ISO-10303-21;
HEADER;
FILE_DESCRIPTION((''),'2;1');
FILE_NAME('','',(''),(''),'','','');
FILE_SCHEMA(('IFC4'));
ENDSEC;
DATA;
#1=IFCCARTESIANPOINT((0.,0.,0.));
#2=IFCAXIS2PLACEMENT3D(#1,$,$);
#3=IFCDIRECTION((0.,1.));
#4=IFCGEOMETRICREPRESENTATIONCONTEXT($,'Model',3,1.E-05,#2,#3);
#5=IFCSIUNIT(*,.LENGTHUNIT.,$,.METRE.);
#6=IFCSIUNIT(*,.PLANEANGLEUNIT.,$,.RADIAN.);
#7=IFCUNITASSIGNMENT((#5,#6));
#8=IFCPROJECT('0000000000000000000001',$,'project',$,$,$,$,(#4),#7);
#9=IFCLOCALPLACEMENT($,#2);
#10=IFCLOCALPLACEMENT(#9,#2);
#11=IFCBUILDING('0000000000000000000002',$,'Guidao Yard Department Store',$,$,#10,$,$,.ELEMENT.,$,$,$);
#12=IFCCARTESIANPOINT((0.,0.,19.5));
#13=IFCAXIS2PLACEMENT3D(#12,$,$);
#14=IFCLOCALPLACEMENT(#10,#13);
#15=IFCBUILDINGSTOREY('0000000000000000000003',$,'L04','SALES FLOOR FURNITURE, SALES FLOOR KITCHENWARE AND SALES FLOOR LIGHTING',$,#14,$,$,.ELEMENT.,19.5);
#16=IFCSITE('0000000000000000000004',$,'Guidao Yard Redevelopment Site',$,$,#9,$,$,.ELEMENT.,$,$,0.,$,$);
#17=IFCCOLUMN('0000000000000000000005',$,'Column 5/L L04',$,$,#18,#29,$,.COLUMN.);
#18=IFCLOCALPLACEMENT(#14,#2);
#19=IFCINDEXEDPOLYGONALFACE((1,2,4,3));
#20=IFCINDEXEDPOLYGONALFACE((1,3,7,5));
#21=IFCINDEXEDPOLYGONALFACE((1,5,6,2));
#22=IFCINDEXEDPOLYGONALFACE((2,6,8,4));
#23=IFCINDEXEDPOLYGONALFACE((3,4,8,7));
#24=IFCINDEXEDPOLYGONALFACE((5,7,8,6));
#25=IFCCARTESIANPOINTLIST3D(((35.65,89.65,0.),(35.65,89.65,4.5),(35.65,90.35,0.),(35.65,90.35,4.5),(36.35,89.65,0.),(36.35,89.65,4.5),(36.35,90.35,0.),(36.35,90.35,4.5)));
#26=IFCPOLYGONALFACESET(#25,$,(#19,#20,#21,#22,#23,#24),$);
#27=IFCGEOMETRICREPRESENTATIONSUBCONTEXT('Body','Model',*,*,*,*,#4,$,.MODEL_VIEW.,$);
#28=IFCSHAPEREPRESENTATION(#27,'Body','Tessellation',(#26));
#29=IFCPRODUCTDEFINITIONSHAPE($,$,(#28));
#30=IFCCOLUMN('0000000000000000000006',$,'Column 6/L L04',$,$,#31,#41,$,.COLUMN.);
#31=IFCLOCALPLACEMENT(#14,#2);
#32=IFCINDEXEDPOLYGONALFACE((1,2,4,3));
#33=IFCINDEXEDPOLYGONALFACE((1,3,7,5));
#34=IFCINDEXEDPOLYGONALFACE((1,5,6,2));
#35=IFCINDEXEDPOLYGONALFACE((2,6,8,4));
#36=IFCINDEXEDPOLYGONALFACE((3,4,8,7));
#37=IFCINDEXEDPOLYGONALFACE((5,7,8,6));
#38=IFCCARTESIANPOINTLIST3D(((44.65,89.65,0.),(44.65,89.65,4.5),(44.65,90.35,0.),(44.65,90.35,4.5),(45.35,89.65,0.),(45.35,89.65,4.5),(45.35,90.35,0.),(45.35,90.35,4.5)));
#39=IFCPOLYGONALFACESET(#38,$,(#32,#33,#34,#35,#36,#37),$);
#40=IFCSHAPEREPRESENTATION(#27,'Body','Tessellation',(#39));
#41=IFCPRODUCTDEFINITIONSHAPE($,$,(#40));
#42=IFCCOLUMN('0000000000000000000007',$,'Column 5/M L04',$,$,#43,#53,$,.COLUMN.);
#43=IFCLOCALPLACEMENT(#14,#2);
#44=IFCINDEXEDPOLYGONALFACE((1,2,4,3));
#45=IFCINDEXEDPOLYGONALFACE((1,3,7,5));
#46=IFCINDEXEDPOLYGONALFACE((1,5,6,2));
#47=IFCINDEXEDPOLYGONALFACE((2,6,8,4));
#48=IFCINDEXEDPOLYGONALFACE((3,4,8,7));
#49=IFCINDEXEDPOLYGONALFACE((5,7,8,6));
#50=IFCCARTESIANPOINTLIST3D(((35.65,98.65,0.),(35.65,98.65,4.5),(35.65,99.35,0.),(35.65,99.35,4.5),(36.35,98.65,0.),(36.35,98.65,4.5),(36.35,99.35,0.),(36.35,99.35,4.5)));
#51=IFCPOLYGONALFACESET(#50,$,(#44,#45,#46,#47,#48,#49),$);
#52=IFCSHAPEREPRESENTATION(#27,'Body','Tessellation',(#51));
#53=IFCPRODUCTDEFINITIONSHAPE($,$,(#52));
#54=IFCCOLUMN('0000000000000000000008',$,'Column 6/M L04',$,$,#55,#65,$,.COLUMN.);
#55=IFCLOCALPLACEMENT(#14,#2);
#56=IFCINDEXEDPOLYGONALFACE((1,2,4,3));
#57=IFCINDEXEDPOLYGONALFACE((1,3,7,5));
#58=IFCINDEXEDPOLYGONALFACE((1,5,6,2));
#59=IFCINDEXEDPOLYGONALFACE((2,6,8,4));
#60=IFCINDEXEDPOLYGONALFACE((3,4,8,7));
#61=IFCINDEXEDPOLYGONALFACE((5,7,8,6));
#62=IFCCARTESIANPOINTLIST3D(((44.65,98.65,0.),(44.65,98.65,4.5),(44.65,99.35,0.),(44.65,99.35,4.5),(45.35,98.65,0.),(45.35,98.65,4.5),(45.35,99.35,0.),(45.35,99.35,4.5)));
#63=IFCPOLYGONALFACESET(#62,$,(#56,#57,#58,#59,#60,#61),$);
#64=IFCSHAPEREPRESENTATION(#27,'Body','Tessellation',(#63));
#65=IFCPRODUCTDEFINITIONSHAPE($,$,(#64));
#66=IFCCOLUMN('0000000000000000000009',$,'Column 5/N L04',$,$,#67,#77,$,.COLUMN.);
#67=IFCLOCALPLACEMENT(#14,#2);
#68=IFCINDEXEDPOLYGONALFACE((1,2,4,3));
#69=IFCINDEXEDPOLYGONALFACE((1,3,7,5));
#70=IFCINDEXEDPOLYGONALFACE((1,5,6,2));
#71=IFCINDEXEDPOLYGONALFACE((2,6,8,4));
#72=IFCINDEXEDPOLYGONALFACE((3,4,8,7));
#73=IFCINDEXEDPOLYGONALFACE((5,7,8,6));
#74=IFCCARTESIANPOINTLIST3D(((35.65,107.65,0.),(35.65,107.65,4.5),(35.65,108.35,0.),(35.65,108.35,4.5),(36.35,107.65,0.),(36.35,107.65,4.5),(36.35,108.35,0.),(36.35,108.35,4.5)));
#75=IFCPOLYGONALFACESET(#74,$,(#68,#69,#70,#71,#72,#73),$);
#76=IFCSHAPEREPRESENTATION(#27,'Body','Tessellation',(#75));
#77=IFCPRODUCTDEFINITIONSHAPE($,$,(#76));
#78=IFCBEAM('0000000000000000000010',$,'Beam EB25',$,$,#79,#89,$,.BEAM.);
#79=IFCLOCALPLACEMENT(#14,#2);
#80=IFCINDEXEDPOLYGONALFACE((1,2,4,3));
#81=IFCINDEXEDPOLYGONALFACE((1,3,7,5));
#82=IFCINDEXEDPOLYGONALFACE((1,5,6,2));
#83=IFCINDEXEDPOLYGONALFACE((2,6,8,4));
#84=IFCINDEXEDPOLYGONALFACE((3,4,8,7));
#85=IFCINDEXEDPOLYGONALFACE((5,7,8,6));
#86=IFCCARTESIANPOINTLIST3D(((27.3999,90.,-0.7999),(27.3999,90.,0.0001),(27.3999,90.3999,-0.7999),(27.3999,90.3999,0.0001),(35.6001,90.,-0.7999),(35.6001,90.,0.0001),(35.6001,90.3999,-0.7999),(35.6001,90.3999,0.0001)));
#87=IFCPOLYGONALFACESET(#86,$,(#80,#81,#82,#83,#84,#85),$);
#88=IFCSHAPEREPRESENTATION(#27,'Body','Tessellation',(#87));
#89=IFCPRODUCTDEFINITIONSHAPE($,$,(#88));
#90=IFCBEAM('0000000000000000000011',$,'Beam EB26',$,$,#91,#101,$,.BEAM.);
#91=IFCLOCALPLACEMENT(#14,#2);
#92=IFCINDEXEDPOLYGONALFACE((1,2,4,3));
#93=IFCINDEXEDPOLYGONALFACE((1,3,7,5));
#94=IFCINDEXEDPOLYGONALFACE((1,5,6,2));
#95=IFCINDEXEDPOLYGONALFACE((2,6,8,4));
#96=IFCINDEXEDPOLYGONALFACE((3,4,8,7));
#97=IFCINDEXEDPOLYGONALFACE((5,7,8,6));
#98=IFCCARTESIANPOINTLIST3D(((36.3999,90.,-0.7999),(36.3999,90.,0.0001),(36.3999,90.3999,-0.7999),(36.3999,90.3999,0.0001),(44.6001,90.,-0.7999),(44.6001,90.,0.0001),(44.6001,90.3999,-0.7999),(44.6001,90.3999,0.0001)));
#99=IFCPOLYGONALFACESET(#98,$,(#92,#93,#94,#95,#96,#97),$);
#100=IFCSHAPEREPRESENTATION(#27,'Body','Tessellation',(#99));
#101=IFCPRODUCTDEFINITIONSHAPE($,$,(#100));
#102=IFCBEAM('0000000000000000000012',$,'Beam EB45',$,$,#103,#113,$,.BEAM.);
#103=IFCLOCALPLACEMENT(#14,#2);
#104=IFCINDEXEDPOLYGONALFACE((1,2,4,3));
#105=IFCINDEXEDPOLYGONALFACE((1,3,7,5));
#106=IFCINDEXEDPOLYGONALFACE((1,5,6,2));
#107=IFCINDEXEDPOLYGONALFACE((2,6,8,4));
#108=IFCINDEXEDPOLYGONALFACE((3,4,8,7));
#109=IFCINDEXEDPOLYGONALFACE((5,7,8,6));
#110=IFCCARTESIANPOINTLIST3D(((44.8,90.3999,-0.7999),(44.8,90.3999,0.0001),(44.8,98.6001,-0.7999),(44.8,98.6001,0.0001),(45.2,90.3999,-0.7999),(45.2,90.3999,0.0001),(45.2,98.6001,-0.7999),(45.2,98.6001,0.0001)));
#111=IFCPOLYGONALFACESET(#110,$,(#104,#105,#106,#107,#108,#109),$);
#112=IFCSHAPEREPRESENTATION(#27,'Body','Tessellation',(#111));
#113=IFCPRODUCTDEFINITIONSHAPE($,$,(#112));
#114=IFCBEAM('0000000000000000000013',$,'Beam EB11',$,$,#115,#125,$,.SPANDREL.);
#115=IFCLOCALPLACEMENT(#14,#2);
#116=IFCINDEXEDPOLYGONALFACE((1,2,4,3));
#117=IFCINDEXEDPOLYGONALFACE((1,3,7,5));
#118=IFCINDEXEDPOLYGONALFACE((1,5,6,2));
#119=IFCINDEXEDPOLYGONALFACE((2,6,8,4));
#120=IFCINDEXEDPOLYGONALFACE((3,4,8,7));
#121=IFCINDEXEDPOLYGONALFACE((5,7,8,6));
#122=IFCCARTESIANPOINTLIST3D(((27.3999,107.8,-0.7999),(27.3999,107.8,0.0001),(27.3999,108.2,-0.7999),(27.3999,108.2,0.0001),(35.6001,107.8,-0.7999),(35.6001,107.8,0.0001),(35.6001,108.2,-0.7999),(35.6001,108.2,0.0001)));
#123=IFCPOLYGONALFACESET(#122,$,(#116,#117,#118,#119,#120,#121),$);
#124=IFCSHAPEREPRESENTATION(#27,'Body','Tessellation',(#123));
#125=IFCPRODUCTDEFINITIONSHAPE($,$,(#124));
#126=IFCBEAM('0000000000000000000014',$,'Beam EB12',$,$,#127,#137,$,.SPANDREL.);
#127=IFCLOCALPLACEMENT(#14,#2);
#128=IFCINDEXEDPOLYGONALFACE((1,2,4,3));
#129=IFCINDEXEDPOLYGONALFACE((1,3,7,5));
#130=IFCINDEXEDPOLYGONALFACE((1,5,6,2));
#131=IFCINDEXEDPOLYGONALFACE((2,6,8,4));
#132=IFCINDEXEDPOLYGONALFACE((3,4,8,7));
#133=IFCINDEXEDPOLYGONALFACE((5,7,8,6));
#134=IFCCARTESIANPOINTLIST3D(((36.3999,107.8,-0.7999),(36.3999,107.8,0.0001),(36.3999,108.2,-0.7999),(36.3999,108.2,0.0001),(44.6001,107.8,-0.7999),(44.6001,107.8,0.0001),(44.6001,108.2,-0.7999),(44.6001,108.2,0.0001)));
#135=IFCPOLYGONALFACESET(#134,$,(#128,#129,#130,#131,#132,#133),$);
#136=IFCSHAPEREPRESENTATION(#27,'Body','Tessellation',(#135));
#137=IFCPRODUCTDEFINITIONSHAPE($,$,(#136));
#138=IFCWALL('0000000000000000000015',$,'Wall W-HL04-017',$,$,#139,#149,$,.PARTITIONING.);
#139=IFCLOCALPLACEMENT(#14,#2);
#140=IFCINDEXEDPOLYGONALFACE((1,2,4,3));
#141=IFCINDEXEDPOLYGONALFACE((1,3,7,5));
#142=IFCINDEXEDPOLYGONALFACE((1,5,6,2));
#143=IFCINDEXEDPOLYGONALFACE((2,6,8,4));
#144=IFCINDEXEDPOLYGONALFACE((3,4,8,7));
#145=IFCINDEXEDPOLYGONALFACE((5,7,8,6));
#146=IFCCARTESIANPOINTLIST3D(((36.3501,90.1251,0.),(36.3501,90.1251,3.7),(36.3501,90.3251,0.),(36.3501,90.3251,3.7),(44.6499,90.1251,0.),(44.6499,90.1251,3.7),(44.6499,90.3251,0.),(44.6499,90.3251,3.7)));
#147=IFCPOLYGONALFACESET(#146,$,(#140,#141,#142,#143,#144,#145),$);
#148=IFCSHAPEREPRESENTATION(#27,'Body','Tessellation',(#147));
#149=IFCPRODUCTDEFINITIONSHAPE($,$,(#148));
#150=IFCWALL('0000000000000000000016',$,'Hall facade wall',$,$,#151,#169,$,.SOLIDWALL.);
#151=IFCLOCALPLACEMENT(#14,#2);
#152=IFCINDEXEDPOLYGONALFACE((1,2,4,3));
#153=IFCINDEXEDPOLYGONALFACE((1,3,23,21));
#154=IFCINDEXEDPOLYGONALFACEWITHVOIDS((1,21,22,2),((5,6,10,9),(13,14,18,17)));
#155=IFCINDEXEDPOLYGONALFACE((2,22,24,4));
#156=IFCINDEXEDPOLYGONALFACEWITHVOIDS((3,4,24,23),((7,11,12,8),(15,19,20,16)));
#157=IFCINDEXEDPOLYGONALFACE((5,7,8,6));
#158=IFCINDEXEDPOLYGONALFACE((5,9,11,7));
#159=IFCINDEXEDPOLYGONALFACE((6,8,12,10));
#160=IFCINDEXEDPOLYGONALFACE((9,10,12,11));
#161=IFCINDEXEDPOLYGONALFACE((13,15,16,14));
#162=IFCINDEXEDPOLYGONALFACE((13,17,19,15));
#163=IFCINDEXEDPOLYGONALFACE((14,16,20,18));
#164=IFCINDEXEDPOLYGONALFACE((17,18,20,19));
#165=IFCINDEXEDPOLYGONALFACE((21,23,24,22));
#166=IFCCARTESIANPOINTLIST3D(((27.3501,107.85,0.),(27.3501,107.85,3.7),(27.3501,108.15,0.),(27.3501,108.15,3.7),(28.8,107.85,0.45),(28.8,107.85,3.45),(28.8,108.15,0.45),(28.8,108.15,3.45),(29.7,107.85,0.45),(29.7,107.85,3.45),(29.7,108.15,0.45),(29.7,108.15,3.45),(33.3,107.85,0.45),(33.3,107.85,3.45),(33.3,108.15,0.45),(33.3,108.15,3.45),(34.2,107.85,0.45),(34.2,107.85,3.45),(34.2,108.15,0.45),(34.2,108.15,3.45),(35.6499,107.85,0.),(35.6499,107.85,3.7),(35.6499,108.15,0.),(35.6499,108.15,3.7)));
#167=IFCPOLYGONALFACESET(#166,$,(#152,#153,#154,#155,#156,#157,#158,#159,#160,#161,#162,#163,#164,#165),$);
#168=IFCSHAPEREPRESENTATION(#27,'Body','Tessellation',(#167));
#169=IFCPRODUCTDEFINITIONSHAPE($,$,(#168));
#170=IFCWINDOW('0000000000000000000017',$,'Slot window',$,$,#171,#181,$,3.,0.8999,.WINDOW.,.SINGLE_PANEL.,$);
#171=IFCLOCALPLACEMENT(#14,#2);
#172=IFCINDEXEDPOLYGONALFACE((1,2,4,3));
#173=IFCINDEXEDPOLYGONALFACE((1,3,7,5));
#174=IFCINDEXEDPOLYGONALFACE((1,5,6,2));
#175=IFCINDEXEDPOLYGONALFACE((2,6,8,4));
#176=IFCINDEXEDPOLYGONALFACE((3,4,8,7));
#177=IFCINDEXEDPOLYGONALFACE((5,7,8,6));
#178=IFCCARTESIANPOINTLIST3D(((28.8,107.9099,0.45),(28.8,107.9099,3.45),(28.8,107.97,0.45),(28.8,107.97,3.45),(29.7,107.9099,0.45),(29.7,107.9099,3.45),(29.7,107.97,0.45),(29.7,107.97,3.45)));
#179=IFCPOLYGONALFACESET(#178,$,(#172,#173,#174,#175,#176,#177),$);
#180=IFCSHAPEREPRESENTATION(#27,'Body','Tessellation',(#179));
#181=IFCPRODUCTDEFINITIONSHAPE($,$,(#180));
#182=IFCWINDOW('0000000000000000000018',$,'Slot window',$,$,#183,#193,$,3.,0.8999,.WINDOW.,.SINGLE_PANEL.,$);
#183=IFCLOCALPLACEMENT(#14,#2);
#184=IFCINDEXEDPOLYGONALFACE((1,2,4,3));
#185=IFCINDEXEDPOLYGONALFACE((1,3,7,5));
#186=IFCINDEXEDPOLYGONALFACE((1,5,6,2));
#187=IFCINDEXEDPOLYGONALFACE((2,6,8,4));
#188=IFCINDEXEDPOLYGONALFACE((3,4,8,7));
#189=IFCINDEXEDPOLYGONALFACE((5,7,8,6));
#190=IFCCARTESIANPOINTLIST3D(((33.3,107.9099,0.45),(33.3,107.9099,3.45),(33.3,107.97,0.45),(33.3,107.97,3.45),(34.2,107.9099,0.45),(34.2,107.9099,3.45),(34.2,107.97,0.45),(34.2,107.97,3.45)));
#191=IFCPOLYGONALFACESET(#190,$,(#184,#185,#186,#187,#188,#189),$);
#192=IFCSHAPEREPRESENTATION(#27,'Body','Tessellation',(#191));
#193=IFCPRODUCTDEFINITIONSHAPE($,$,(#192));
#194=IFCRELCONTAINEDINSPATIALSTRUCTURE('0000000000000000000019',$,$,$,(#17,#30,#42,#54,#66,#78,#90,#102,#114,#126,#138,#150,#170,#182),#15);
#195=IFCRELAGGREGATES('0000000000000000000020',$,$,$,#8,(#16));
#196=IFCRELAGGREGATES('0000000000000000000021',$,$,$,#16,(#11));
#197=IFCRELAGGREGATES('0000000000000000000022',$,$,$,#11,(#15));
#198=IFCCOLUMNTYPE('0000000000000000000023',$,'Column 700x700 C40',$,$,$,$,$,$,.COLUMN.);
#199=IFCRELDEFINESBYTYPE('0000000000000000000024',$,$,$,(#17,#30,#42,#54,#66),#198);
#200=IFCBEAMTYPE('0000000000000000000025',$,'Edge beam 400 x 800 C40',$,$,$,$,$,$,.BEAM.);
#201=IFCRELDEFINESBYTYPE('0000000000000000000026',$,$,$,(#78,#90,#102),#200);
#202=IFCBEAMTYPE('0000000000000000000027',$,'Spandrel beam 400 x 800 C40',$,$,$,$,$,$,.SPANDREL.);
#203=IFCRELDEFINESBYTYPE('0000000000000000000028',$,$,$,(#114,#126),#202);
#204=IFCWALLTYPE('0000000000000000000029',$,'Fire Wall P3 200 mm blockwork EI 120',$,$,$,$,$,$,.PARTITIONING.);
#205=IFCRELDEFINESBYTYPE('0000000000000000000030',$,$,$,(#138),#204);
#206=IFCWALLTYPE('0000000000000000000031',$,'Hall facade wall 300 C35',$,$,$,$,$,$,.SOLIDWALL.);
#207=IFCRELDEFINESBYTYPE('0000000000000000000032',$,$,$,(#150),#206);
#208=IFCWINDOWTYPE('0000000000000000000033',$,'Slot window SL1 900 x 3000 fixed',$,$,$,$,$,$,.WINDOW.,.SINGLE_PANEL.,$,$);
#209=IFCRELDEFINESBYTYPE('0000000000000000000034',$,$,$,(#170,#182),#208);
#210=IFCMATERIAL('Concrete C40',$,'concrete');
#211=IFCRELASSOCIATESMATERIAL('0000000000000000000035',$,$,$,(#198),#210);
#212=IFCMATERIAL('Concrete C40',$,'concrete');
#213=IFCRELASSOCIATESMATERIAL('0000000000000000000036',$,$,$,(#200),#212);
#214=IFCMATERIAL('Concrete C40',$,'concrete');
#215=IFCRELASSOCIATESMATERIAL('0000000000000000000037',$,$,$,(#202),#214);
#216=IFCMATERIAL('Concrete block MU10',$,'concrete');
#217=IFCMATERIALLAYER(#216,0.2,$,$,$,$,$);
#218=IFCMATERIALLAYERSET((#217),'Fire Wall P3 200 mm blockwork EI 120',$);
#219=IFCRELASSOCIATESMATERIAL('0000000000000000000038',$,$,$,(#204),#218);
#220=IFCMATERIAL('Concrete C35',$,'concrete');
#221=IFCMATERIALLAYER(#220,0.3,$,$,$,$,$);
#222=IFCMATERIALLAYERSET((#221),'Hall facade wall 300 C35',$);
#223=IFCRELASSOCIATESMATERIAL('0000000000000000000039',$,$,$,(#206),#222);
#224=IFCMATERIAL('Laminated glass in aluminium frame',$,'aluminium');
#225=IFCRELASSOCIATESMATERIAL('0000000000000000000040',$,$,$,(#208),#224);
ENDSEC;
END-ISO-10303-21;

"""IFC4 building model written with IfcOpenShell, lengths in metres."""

from ifc_helpers import new_model, si_unit, direction, frame, frame_2d, origin, origin_2d, place, context, subcontext, project, spatial, rectangle, extrude, material, layer, layer_set, material_profile, profile_set, type_object, element, fill, save


model = new_model("IFC4")

# Units and contexts
model_context = context("Model", 3, precision=1e-05, world=origin(), true_north=direction((0.0, 1.0)))
body_context = subcontext(model_context, "Body", "Model", "MODEL_VIEW")
ifc_project = project(units=[si_unit("LENGTHUNIT", "METRE"), si_unit("PLANEANGLEUNIT", "RADIAN")], contexts=[model_context])

# Site, building, storey
site_placement = place(None, origin())
site = spatial("IfcSite", under=ifc_project, at=site_placement, Name="Guidao Yard Redevelopment Site", CompositionType="ELEMENT", RefElevation=0.0)
building_placement = place(site_placement, origin())
building = spatial("IfcBuilding", under=site, at=building_placement, Name="Guidao Yard Department Store", CompositionType="ELEMENT")
storey_placement = place(building_placement, frame((0.0, 0.0, 19.5)))
storey = spatial("IfcBuildingStorey", under=building, at=storey_placement, Name="L04", Description="SALES FLOOR FURNITURE, SALES FLOOR KITCHENWARE AND SALES FLOOR LIGHTING", CompositionType="ELEMENT", Elevation=19.5)

# Columns
ifc_material_1 = material(Name="Concrete C40", Category="concrete")
ifc_material_profile_1 = material_profile(ifc_material_1, rectangle(XDim=0.7, YDim=0.7, at=origin_2d()), Name="COL 700x700")
ifc_profile_set_1 = profile_set([ifc_material_profile_1], Name="Concrete C40")
column_type = type_object("IfcColumnType", Name="Column 700x700 C40", PredefinedType="COLUMN", material=ifc_profile_set_1)
for number, where, z_axis, x_axis, name in (
    (1, (36.0, 90.0, 0.0), (0.0, 0.0, 1.0), (1.0, 0.0, 0.0), "Column 5/L L04"),
    (2, (45.0, 90.0, 0.0), (0.0, 0.0, 1.0), (1.0, 0.0, 0.0), "Column 6/L L04"),
    (3, (36.0, 99.0, 0.0), (0.0, 0.0, 1.0), (1.0, 0.0, 0.0), "Column 5/M L04"),
    (4, (45.0, 99.0, 0.0), (0.0, 0.0, 1.0), (1.0, 0.0, 0.0), "Column 6/M L04"),
    (5, (36.0, 108.0, 0.0), (0.0, 0.0, 1.0), (1.0, 0.0, 0.0), "Column 5/N L04"),
):
    element("IfcColumn", number, at=place(storey_placement, frame(where, z_axis=z_axis, x_axis=x_axis)), inside=storey, type_object=column_type, Name=name, PredefinedType="COLUMN", context=body_context, shape_type="SweptSolid", body=[
        extrude(rectangle(XDim=0.7, YDim=0.7, at=origin_2d()), origin(), (0.0, 0.0, 1.0), 4.5),
    ])

# Beams
ifc_material_2 = material(Name="Concrete C40", Category="concrete")
ifc_material_profile_2 = material_profile(ifc_material_2, rectangle(XDim=0.3999, YDim=0.8, at=origin_2d()), Name="Edge beam 400 x 800 C40")
ifc_profile_set_2 = profile_set([ifc_material_profile_2], Name="Concrete C40")
beam_type_1 = type_object("IfcBeamType", Name="Edge beam 400 x 800 C40", PredefinedType="BEAM", material=ifc_profile_set_2)
for number, where, z_axis, x_axis, name in (
    (6, (27.3999, 90.2, -0.3999), (1.0, 0.0, 0.0), (0.0, 1.0, 0.0), "Beam EB25"),
    (7, (36.3999, 90.2, -0.3999), (1.0, 0.0, 0.0), (0.0, 1.0, 0.0), "Beam EB26"),
    (8, (45.0, 90.3999, -0.3999), (0.0, 1.0, 0.0), (-1.0, 0.0, 0.0), "Beam EB45"),
):
    element("IfcBeam", number, at=place(storey_placement, frame(where, z_axis=z_axis, x_axis=x_axis)), inside=storey, type_object=beam_type_1, Name=name, PredefinedType="BEAM", context=body_context, shape_type="SweptSolid", body=[
        extrude(rectangle(XDim=0.3999, YDim=0.8, at=origin_2d()), origin(), (0.0, 0.0, 1.0), 8.2002),
    ])
ifc_material_3 = material(Name="Concrete C40", Category="concrete")
ifc_material_profile_3 = material_profile(ifc_material_3, rectangle(XDim=0.3999, YDim=0.8, at=origin_2d()), Name="Spandrel beam 400 x 800 C40")
ifc_profile_set_3 = profile_set([ifc_material_profile_3], Name="Concrete C40")
beam_type_2 = type_object("IfcBeamType", Name="Spandrel beam 400 x 800 C40", PredefinedType="SPANDREL", material=ifc_profile_set_3)
for number, where, z_axis, x_axis, name in (
    (9, (27.3999, 108.0, -0.3999), (1.0, 0.0, 0.0), (0.0, 1.0, 0.0), "Beam EB11"),
    (10, (36.3999, 108.0, -0.3999), (1.0, 0.0, 0.0), (0.0, 1.0, 0.0), "Beam EB12"),
):
    element("IfcBeam", number, at=place(storey_placement, frame(where, z_axis=z_axis, x_axis=x_axis)), inside=storey, type_object=beam_type_2, Name=name, PredefinedType="SPANDREL", context=body_context, shape_type="SweptSolid", body=[
        extrude(rectangle(XDim=0.3999, YDim=0.8, at=origin_2d()), origin(), (0.0, 0.0, 1.0), 8.2002),
    ])

# Wall
ifc_material_4 = material(Name="Concrete block MU10", Category="concrete")
ifc_layer_1 = layer(ifc_material_4, 0.2)
ifc_layer_set_1 = layer_set([ifc_layer_1], Name="Fire Wall P3 200 mm blockwork EI 120")
wall_type_1 = type_object("IfcWallType", Name="Fire Wall P3 200 mm blockwork EI 120", PredefinedType="PARTITIONING", material=ifc_layer_set_1)
wall_1_placement = place(storey_placement, frame((36.3501, 90.2251, 0.0), z_axis=(0.0, 0.0, 1.0), x_axis=(1.0, 0.0, 0.0)))
element("IfcWall", 11, at=wall_1_placement, inside=storey, type_object=wall_type_1, Name="Wall W-HL04-017", PredefinedType="PARTITIONING", context=body_context, shape_type="SweptSolid", body=[
    extrude(rectangle(XDim=8.2998, YDim=0.2, at=frame_2d((4.1499, 0.0))), origin(), (0.0, 0.0, 1.0), 3.7),
])

# Wall, openings, windows
ifc_material_5 = material(Name="Concrete C35", Category="concrete")
ifc_layer_2 = layer(ifc_material_5, 0.3)
ifc_layer_set_2 = layer_set([ifc_layer_2], Name="Hall facade wall 300 C35")
wall_type_2 = type_object("IfcWallType", Name="Hall facade wall 300 C35", PredefinedType="SOLIDWALL", material=ifc_layer_set_2)
wall_2_placement = place(storey_placement, frame((27.3501, 108.0, 0.0), z_axis=(0.0, 0.0, 1.0), x_axis=(1.0, 0.0, 0.0)))
wall_2 = element("IfcWall", 12, at=wall_2_placement, inside=storey, type_object=wall_type_2, Name="Hall facade wall", PredefinedType="SOLIDWALL", context=body_context, shape_type="SweptSolid", body=[
    extrude(rectangle(XDim=8.2998, YDim=0.3, at=frame_2d((4.1499, 0.0))), origin(), (0.0, 0.0, 1.0), 3.7),
])
opening_1_placement = place(wall_2_placement, frame((1.45, 0.0, 0.45)))
opening_1 = element("IfcOpeningElement", 13, at=opening_1_placement, cuts=wall_2, PredefinedType="OPENING", context=body_context, shape_type="SweptSolid", body=[
    extrude(rectangle(XDim=0.8999, YDim=3.0, at=frame_2d((0.45, 1.5))), frame((0.0, 0.1599, 0.0), z_axis=(0.0, -1.0, 0.0), x_axis=(1.0, 0.0, 0.0)), (0.0, 0.0, 1.0), 0.3201),
])
opening_2_placement = place(wall_2_placement, frame((5.95, 0.0, 0.45)))
opening_2 = element("IfcOpeningElement", 14, at=opening_2_placement, cuts=wall_2, PredefinedType="OPENING", context=body_context, shape_type="SweptSolid", body=[
    extrude(rectangle(XDim=0.8999, YDim=3.0, at=frame_2d((0.45, 1.5))), frame((0.0, 0.1599, 0.0), z_axis=(0.0, -1.0, 0.0), x_axis=(1.0, 0.0, 0.0)), (0.0, 0.0, 1.0), 0.3201),
])
ifc_material_6 = material(Name="Laminated glass in aluminium frame", Category="aluminium")
window_type = type_object("IfcWindowType", Name="Slot window SL1 900 x 3000 fixed", PartitioningType="SINGLE_PANEL", PredefinedType="WINDOW", material=ifc_material_6)
window_1_placement = place(opening_1_placement, origin())
window_1 = element("IfcWindow", 15, at=window_1_placement, inside=storey, type_object=window_type, Name="Slot window", OverallHeight=3.0, OverallWidth=0.8999, PartitioningType="SINGLE_PANEL", PredefinedType="WINDOW", context=body_context, shape_type="SweptSolid", body=[
    extrude(rectangle(XDim=0.8999, YDim=3.0, at=frame_2d((0.45, 1.5))), frame((0.0, -0.03, 0.0), z_axis=(0.0, -1.0, 0.0), x_axis=(1.0, 0.0, 0.0)), (0.0, 0.0, 1.0), 0.0601),
])
fill(opening_1, window_1)
window_2_placement = place(opening_2_placement, origin())
window_2 = element("IfcWindow", 16, at=window_2_placement, inside=storey, type_object=window_type, Name="Slot window", OverallHeight=3.0, OverallWidth=0.8999, PartitioningType="SINGLE_PANEL", PredefinedType="WINDOW", context=body_context, shape_type="SweptSolid", body=[
    extrude(rectangle(XDim=0.8999, YDim=3.0, at=frame_2d((0.45, 1.5))), frame((0.0, -0.03, 0.0), z_axis=(0.0, -1.0, 0.0), x_axis=(1.0, 0.0, 0.0)), (0.0, 0.0, 1.0), 0.0601),
])
fill(opening_2, window_2)

save(model, "model.ifc")
